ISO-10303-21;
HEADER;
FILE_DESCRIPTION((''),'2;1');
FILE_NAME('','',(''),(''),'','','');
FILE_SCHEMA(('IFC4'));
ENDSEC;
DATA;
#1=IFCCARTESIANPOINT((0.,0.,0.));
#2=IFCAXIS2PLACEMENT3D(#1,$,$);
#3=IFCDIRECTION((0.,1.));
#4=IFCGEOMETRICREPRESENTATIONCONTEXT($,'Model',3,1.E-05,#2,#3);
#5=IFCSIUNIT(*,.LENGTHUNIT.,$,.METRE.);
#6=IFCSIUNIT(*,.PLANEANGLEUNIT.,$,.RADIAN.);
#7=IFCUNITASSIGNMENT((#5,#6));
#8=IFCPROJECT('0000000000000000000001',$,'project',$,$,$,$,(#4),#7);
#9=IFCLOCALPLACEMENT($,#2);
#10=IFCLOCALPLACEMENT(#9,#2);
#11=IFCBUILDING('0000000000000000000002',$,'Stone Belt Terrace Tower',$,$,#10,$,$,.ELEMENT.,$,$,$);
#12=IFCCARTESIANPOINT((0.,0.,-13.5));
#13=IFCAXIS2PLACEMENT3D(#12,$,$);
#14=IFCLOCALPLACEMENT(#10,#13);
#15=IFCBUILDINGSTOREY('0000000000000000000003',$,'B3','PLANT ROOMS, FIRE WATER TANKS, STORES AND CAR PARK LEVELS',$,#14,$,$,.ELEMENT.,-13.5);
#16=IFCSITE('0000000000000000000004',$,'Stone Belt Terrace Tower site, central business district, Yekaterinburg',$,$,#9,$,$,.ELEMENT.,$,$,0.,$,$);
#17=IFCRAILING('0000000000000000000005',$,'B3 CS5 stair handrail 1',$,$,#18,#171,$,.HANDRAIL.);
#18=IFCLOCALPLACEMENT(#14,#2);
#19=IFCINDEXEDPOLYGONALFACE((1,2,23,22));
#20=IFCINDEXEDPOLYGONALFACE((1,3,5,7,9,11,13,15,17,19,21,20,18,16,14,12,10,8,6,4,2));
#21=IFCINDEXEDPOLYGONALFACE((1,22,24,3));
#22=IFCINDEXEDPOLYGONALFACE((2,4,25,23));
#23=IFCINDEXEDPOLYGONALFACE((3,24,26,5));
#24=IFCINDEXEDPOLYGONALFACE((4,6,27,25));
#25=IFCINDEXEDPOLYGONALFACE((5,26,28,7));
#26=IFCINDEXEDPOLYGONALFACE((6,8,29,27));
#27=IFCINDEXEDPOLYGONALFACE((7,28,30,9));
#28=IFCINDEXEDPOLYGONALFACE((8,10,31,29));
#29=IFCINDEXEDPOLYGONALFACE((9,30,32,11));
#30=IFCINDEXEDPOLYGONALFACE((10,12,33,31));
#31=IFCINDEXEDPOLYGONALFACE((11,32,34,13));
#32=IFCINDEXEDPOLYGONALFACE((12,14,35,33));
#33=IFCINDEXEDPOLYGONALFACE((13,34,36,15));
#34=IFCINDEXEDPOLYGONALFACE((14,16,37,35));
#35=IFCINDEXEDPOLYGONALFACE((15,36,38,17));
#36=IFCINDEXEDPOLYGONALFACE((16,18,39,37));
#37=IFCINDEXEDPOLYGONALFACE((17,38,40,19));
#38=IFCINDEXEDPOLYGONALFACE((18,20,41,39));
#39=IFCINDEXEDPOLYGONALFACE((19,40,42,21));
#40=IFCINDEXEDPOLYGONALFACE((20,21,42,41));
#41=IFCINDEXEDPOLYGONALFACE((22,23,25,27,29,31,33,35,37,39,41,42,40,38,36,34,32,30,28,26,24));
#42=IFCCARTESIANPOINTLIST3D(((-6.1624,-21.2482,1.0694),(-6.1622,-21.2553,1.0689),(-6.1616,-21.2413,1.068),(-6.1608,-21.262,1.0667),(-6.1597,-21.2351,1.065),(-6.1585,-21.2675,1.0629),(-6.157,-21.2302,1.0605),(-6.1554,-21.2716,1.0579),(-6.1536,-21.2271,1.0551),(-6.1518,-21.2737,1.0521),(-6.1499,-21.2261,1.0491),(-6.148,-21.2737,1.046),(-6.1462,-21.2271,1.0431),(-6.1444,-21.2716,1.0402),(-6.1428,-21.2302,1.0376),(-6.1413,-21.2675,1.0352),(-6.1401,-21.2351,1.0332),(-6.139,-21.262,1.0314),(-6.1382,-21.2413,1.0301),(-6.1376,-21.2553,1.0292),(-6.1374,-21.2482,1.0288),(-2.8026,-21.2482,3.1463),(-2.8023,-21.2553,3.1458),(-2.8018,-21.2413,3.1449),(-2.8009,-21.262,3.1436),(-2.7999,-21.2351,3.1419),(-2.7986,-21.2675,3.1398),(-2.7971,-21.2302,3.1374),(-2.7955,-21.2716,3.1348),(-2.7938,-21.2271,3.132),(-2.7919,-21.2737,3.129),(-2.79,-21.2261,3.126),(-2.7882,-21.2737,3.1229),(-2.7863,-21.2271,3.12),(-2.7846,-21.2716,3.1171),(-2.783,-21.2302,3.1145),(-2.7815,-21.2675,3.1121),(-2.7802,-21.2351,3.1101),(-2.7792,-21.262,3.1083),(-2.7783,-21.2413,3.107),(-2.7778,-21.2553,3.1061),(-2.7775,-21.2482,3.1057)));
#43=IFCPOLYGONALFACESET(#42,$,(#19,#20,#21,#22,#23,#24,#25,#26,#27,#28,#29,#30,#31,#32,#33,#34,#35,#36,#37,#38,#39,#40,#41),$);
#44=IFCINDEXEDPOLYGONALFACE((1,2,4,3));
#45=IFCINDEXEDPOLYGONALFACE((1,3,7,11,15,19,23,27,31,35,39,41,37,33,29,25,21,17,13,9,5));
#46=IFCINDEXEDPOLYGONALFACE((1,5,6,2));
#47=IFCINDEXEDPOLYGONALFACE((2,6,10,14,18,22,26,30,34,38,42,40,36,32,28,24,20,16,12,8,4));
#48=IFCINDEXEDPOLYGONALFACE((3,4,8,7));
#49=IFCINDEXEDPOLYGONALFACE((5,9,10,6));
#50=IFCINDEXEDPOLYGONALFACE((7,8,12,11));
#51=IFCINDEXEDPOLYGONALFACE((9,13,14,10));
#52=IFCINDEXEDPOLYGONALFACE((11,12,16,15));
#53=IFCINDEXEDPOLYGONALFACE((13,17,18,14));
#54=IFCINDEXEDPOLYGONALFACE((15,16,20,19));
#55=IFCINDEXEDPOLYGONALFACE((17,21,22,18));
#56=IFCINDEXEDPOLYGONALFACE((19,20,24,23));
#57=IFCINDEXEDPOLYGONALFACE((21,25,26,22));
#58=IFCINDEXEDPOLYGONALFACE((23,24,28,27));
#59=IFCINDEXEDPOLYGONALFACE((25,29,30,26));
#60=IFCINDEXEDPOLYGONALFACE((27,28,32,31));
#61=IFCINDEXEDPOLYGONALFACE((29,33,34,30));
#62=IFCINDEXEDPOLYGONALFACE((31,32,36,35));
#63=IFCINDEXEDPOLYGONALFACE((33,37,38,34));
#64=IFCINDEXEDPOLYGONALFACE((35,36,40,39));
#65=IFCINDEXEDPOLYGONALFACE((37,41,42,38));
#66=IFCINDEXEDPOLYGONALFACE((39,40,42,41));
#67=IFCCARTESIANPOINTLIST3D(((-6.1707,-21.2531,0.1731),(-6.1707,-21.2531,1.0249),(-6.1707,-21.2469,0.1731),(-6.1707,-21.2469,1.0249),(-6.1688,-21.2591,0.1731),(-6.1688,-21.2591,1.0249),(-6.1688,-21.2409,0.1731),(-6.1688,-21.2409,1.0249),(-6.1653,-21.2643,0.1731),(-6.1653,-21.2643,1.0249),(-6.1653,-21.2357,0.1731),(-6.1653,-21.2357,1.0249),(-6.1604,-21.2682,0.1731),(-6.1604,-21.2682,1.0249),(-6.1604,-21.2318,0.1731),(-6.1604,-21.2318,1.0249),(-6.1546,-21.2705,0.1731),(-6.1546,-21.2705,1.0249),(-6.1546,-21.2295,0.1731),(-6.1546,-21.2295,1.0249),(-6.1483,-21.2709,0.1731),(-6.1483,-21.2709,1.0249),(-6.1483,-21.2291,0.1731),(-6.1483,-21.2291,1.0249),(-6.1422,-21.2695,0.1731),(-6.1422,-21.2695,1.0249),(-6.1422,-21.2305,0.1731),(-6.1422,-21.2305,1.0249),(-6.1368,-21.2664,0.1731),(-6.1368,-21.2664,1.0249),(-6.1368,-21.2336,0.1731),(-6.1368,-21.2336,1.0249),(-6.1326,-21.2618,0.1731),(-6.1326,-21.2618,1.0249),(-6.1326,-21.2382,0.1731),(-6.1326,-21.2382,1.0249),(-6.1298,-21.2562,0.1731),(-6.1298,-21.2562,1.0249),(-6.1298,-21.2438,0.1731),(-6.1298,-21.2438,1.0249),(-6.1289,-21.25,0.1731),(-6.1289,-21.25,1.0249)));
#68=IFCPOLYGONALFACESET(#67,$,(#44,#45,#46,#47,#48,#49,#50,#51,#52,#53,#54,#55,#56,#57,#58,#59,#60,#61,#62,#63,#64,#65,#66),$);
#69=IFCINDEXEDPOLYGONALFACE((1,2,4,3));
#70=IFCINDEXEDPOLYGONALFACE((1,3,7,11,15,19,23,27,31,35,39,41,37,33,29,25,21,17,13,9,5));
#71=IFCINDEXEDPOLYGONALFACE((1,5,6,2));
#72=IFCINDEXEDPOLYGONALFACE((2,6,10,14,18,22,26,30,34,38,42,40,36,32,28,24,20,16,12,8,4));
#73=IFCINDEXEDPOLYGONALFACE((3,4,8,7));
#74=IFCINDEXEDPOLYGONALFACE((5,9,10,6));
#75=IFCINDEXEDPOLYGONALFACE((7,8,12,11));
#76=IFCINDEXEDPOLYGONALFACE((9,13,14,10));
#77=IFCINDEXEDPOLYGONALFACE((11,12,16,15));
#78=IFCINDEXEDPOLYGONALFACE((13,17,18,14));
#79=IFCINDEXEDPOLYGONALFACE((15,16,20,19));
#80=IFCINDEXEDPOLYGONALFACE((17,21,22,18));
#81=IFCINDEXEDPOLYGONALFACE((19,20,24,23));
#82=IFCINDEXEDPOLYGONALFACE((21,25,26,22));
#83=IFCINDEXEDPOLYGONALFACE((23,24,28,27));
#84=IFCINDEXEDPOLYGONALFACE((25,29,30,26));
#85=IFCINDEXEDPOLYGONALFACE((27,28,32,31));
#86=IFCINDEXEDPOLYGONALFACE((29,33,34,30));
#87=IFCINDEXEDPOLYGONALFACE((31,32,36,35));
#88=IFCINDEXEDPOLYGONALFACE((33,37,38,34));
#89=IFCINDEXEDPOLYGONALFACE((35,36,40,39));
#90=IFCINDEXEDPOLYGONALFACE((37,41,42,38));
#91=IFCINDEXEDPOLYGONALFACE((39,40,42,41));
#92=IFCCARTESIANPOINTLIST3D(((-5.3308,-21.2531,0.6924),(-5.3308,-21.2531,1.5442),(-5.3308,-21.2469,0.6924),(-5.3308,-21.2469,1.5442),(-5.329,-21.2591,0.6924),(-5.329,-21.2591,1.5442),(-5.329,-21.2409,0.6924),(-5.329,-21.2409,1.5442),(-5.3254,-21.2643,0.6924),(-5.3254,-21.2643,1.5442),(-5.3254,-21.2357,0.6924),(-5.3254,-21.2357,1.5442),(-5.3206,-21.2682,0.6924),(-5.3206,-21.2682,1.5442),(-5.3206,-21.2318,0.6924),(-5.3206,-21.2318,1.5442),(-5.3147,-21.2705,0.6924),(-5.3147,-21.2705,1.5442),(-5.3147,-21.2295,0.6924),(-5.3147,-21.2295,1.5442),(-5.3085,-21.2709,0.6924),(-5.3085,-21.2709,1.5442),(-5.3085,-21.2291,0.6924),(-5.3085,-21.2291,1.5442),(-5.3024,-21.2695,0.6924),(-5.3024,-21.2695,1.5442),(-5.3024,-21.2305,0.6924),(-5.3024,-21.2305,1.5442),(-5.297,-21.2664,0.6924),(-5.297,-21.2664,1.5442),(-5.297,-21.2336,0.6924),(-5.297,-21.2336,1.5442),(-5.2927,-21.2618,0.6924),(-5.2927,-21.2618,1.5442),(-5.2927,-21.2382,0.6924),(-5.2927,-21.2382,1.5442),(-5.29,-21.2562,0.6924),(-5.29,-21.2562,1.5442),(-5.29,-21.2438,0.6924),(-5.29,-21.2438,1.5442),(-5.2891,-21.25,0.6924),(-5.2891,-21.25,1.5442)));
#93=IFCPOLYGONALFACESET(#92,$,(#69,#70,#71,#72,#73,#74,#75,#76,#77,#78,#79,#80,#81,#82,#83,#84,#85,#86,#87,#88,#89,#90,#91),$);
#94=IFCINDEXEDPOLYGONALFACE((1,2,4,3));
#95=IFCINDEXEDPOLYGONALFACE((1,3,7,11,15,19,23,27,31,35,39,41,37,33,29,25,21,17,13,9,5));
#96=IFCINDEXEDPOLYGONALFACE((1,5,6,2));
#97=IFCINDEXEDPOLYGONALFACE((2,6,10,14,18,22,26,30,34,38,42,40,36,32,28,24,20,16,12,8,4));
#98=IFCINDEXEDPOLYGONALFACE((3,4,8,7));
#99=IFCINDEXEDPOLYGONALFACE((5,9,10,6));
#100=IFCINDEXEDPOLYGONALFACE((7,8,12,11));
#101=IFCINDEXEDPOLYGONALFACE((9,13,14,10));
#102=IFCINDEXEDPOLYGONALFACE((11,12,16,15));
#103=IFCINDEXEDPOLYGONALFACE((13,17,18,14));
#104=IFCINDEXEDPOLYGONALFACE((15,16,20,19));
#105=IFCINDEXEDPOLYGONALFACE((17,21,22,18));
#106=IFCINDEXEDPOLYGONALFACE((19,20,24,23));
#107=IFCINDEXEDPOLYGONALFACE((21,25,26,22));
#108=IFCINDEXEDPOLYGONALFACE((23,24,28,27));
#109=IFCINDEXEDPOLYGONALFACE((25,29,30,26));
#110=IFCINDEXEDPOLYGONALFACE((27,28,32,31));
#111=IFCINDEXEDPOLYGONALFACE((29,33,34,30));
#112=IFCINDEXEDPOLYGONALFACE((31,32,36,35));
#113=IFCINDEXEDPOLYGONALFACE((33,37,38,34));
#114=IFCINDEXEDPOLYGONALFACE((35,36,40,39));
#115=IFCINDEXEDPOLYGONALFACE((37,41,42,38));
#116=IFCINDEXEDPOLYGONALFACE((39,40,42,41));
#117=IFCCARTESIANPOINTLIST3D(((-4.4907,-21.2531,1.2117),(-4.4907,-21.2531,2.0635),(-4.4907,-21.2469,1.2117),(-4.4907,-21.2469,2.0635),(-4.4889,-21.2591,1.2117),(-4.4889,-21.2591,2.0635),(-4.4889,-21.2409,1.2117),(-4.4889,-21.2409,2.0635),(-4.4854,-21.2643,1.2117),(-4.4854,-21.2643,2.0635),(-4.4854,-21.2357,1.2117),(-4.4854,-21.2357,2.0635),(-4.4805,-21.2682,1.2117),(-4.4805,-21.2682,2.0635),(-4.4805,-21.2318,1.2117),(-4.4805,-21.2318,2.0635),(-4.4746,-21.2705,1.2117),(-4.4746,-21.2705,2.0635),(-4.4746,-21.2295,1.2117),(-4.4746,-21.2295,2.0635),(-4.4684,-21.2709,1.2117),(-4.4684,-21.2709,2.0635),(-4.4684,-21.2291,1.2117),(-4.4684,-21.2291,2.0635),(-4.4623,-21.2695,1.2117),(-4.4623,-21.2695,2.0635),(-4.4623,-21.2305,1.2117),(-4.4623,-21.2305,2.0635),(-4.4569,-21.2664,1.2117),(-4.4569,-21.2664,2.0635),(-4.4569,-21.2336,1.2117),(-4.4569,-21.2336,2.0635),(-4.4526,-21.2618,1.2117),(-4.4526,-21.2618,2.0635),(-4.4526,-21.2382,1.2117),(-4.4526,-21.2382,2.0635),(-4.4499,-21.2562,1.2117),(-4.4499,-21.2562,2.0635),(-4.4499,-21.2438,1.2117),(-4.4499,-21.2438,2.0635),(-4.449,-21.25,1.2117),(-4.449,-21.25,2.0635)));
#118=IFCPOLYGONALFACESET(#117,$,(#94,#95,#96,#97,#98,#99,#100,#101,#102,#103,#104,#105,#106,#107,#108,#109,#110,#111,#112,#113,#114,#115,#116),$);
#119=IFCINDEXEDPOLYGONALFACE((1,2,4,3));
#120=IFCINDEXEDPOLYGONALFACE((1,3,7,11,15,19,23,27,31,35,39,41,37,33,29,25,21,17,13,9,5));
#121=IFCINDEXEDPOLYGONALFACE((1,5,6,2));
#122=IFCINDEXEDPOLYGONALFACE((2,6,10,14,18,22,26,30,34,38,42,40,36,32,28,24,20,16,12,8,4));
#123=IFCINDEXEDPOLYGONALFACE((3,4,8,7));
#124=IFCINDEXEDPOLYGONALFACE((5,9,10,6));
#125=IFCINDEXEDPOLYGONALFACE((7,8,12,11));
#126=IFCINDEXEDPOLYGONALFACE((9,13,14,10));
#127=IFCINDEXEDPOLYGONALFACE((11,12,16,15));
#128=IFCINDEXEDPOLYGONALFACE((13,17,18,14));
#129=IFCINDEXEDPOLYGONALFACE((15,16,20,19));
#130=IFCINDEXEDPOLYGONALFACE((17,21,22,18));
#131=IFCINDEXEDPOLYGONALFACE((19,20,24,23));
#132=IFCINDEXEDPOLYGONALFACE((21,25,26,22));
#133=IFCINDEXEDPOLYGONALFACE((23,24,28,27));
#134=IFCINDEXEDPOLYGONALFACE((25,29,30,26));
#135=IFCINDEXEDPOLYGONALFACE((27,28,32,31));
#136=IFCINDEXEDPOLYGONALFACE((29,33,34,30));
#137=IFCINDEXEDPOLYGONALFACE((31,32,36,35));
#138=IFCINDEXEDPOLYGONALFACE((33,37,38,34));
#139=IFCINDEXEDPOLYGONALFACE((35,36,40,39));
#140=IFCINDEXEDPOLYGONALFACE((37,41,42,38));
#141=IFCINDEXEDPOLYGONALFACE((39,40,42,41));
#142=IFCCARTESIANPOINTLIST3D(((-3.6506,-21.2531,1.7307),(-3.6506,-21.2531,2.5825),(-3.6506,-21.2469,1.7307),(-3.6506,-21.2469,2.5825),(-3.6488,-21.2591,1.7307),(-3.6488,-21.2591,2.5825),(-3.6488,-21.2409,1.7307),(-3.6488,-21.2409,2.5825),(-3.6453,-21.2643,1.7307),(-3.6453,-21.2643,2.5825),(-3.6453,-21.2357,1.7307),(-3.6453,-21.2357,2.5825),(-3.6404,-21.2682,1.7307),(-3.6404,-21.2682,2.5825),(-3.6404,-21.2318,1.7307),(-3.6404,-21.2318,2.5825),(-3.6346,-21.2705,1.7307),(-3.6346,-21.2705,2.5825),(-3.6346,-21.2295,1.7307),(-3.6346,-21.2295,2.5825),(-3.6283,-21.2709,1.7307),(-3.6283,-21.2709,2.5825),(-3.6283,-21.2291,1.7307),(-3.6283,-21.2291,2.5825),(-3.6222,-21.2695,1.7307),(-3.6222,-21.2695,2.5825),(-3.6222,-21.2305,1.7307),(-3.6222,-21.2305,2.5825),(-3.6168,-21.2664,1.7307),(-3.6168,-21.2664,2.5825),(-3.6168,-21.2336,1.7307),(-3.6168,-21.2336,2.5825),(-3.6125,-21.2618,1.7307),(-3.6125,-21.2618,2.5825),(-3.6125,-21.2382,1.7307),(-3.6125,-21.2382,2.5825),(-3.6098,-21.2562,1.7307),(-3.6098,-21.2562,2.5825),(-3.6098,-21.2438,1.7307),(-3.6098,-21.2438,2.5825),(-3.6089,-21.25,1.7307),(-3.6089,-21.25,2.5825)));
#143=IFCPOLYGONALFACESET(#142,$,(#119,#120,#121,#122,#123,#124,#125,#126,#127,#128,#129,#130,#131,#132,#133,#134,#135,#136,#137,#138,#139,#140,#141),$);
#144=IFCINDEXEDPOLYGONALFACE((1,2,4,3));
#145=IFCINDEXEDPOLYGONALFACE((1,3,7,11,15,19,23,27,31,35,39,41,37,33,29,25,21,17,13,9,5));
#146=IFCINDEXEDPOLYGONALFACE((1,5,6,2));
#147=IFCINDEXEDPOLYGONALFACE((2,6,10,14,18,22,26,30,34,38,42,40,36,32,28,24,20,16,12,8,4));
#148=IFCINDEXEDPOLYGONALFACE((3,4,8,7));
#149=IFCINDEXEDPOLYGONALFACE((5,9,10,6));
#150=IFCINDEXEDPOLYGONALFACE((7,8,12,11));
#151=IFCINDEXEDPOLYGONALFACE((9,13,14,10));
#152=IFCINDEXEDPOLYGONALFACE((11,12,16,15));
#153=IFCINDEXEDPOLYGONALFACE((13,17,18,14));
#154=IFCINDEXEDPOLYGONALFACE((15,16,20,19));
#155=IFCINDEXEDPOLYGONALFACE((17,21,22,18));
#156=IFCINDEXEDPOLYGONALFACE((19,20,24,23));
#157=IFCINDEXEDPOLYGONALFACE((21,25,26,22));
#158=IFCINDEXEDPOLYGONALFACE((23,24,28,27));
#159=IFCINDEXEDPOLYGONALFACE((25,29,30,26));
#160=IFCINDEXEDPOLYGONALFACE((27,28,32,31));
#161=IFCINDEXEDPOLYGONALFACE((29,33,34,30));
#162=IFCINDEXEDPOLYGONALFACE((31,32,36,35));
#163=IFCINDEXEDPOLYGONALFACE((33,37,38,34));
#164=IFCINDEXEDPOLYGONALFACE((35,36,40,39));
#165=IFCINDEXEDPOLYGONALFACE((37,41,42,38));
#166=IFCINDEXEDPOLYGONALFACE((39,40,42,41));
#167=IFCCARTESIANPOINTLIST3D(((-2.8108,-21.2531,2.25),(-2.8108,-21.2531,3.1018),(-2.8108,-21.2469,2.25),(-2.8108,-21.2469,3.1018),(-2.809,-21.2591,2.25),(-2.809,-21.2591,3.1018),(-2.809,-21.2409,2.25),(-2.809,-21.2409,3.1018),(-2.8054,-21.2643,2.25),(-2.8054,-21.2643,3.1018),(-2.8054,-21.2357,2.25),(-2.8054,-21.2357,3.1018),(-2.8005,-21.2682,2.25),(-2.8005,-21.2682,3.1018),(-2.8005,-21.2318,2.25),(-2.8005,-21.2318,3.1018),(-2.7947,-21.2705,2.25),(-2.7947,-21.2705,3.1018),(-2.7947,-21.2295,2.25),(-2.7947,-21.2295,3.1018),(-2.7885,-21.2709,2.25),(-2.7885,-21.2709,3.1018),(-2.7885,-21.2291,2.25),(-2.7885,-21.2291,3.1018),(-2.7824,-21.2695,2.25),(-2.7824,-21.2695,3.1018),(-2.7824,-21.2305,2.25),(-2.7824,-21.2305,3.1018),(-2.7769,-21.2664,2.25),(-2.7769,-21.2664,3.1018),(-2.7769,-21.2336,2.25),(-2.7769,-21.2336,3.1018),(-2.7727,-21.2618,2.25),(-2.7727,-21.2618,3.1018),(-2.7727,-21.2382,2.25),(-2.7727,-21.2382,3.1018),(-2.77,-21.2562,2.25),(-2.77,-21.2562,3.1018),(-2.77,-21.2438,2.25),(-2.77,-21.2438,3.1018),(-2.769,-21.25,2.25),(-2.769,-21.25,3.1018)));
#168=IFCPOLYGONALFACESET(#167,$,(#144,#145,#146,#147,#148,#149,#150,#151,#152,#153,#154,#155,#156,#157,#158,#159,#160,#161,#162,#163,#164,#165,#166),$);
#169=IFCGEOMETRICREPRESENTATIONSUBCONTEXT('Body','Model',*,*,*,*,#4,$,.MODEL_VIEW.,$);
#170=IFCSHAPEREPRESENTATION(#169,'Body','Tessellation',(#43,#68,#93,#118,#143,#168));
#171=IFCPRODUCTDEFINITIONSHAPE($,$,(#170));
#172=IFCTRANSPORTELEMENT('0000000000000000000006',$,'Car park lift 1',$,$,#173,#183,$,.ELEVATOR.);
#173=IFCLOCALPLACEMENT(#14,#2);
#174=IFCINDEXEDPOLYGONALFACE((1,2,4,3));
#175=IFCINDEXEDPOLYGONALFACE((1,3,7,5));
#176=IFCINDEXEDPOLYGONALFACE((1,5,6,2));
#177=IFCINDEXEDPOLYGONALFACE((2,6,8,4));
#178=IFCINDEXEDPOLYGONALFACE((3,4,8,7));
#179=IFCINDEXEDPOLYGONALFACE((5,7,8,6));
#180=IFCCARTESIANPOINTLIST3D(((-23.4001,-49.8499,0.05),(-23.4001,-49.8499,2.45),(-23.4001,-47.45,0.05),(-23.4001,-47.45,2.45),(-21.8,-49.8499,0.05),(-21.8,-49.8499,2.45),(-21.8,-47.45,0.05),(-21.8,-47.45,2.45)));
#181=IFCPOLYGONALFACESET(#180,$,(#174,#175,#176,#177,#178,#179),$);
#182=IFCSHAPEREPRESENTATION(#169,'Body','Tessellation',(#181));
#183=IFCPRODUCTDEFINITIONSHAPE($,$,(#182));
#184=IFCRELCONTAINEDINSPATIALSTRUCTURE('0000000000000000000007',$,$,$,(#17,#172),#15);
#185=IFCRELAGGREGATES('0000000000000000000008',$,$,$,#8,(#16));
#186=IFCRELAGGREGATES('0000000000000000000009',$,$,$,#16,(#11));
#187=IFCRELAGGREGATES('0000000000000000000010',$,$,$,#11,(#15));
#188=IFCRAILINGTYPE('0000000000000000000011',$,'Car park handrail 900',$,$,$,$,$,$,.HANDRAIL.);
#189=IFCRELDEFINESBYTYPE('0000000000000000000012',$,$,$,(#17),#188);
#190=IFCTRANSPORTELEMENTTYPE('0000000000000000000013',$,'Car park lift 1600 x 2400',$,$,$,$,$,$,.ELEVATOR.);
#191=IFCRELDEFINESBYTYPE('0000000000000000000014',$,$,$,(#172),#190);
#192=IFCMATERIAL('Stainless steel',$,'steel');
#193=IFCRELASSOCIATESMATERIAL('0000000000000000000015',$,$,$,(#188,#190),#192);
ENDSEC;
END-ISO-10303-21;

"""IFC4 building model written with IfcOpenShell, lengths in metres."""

from ifc_helpers import new_model, si_unit, direction, frame, origin, origin_2d, place, context, subcontext, project, spatial, rectangle, circle, extrude, material, type_object, element, save


model = new_model("IFC4")

# Units and contexts
model_context = context("Model", 3, precision=1e-05, world=origin(), true_north=direction((0.0, 1.0)))
body_context = subcontext(model_context, "Body", "Model", "MODEL_VIEW")
ifc_project = project(units=[si_unit("LENGTHUNIT", "METRE"), si_unit("PLANEANGLEUNIT", "RADIAN")], contexts=[model_context])

# Site, building, storey
site_placement = place(None, origin())
site = spatial("IfcSite", under=ifc_project, at=site_placement, Name="Stone Belt Terrace Tower site, central business district, Yekaterinburg", CompositionType="ELEMENT", RefElevation=0.0)
building_placement = place(site_placement, origin())
building = spatial("IfcBuilding", under=site, at=building_placement, Name="Stone Belt Terrace Tower", CompositionType="ELEMENT")
storey_placement = place(building_placement, frame((0.0, 0.0, -13.5)))
storey = spatial("IfcBuildingStorey", under=building, at=storey_placement, Name="B3", Description="PLANT ROOMS, FIRE WATER TANKS, STORES AND CAR PARK LEVELS", CompositionType="ELEMENT", Elevation=-13.5)

# Shared definitions
ifc_material_1 = material(Name="Stainless steel", Category="steel")

# Railing
railing_type = type_object("IfcRailingType", Name="Car park handrail 900", PredefinedType="HANDRAIL", material=ifc_material_1)
railing_placement = place(storey_placement, frame((-6.1499, -21.25, 0.1731)))
element("IfcRailing", 1, at=railing_placement, inside=storey, type_object=railing_type, Name="B3 CS5 stair handrail 1", PredefinedType="HANDRAIL", context=body_context, shape_type="SweptSolid", body=[
    extrude(circle(Radius=0.0239, at=origin_2d()), frame((0.0, 0.0, 0.876), z_axis=(0.850606, 0.0, 0.525803), x_axis=(0.0, 1.0, 0.0)), (0.0, 0.0, 1.0), 3.95),
    extrude(circle(Radius=0.021, at=origin_2d()), origin(), (0.0, 0.0, 1.0), 0.8518),
    extrude(circle(Radius=0.021, at=origin_2d()), frame((0.8398, 0.0, 0.5193)), (0.0, 0.0, 1.0), 0.8518),
    extrude(circle(Radius=0.021, at=origin_2d()), frame((1.6799, 0.0, 1.0386)), (0.0, 0.0, 1.0), 0.8518),
    extrude(circle(Radius=0.021, at=origin_2d()), frame((2.52, 0.0, 1.5576)), (0.0, 0.0, 1.0), 0.8518),
    extrude(circle(Radius=0.021, at=origin_2d()), frame((3.3599, 0.0, 2.0769)), (0.0, 0.0, 1.0), 0.8518),
])

# Transport element
transport_element_type = type_object("IfcTransportElementType", Name="Car park lift 1600 x 2400", PredefinedType="ELEVATOR", material=ifc_material_1)
transport_element_placement = place(storey_placement, frame((-22.6001, -48.6499, 0.05), z_axis=(0.0, 0.0, 1.0), x_axis=(1.0, 0.0, 0.0)))
element("IfcTransportElement", 2, at=transport_element_placement, inside=storey, type_object=transport_element_type, Name="Car park lift 1", PredefinedType="ELEVATOR", context=body_context, shape_type="SweptSolid", body=[
    extrude(rectangle(XDim=1.6001, YDim=2.3999, at=origin_2d()), origin(), (0.0, 0.0, 1.0), 2.3999),
])

save(model, "model.ifc")
